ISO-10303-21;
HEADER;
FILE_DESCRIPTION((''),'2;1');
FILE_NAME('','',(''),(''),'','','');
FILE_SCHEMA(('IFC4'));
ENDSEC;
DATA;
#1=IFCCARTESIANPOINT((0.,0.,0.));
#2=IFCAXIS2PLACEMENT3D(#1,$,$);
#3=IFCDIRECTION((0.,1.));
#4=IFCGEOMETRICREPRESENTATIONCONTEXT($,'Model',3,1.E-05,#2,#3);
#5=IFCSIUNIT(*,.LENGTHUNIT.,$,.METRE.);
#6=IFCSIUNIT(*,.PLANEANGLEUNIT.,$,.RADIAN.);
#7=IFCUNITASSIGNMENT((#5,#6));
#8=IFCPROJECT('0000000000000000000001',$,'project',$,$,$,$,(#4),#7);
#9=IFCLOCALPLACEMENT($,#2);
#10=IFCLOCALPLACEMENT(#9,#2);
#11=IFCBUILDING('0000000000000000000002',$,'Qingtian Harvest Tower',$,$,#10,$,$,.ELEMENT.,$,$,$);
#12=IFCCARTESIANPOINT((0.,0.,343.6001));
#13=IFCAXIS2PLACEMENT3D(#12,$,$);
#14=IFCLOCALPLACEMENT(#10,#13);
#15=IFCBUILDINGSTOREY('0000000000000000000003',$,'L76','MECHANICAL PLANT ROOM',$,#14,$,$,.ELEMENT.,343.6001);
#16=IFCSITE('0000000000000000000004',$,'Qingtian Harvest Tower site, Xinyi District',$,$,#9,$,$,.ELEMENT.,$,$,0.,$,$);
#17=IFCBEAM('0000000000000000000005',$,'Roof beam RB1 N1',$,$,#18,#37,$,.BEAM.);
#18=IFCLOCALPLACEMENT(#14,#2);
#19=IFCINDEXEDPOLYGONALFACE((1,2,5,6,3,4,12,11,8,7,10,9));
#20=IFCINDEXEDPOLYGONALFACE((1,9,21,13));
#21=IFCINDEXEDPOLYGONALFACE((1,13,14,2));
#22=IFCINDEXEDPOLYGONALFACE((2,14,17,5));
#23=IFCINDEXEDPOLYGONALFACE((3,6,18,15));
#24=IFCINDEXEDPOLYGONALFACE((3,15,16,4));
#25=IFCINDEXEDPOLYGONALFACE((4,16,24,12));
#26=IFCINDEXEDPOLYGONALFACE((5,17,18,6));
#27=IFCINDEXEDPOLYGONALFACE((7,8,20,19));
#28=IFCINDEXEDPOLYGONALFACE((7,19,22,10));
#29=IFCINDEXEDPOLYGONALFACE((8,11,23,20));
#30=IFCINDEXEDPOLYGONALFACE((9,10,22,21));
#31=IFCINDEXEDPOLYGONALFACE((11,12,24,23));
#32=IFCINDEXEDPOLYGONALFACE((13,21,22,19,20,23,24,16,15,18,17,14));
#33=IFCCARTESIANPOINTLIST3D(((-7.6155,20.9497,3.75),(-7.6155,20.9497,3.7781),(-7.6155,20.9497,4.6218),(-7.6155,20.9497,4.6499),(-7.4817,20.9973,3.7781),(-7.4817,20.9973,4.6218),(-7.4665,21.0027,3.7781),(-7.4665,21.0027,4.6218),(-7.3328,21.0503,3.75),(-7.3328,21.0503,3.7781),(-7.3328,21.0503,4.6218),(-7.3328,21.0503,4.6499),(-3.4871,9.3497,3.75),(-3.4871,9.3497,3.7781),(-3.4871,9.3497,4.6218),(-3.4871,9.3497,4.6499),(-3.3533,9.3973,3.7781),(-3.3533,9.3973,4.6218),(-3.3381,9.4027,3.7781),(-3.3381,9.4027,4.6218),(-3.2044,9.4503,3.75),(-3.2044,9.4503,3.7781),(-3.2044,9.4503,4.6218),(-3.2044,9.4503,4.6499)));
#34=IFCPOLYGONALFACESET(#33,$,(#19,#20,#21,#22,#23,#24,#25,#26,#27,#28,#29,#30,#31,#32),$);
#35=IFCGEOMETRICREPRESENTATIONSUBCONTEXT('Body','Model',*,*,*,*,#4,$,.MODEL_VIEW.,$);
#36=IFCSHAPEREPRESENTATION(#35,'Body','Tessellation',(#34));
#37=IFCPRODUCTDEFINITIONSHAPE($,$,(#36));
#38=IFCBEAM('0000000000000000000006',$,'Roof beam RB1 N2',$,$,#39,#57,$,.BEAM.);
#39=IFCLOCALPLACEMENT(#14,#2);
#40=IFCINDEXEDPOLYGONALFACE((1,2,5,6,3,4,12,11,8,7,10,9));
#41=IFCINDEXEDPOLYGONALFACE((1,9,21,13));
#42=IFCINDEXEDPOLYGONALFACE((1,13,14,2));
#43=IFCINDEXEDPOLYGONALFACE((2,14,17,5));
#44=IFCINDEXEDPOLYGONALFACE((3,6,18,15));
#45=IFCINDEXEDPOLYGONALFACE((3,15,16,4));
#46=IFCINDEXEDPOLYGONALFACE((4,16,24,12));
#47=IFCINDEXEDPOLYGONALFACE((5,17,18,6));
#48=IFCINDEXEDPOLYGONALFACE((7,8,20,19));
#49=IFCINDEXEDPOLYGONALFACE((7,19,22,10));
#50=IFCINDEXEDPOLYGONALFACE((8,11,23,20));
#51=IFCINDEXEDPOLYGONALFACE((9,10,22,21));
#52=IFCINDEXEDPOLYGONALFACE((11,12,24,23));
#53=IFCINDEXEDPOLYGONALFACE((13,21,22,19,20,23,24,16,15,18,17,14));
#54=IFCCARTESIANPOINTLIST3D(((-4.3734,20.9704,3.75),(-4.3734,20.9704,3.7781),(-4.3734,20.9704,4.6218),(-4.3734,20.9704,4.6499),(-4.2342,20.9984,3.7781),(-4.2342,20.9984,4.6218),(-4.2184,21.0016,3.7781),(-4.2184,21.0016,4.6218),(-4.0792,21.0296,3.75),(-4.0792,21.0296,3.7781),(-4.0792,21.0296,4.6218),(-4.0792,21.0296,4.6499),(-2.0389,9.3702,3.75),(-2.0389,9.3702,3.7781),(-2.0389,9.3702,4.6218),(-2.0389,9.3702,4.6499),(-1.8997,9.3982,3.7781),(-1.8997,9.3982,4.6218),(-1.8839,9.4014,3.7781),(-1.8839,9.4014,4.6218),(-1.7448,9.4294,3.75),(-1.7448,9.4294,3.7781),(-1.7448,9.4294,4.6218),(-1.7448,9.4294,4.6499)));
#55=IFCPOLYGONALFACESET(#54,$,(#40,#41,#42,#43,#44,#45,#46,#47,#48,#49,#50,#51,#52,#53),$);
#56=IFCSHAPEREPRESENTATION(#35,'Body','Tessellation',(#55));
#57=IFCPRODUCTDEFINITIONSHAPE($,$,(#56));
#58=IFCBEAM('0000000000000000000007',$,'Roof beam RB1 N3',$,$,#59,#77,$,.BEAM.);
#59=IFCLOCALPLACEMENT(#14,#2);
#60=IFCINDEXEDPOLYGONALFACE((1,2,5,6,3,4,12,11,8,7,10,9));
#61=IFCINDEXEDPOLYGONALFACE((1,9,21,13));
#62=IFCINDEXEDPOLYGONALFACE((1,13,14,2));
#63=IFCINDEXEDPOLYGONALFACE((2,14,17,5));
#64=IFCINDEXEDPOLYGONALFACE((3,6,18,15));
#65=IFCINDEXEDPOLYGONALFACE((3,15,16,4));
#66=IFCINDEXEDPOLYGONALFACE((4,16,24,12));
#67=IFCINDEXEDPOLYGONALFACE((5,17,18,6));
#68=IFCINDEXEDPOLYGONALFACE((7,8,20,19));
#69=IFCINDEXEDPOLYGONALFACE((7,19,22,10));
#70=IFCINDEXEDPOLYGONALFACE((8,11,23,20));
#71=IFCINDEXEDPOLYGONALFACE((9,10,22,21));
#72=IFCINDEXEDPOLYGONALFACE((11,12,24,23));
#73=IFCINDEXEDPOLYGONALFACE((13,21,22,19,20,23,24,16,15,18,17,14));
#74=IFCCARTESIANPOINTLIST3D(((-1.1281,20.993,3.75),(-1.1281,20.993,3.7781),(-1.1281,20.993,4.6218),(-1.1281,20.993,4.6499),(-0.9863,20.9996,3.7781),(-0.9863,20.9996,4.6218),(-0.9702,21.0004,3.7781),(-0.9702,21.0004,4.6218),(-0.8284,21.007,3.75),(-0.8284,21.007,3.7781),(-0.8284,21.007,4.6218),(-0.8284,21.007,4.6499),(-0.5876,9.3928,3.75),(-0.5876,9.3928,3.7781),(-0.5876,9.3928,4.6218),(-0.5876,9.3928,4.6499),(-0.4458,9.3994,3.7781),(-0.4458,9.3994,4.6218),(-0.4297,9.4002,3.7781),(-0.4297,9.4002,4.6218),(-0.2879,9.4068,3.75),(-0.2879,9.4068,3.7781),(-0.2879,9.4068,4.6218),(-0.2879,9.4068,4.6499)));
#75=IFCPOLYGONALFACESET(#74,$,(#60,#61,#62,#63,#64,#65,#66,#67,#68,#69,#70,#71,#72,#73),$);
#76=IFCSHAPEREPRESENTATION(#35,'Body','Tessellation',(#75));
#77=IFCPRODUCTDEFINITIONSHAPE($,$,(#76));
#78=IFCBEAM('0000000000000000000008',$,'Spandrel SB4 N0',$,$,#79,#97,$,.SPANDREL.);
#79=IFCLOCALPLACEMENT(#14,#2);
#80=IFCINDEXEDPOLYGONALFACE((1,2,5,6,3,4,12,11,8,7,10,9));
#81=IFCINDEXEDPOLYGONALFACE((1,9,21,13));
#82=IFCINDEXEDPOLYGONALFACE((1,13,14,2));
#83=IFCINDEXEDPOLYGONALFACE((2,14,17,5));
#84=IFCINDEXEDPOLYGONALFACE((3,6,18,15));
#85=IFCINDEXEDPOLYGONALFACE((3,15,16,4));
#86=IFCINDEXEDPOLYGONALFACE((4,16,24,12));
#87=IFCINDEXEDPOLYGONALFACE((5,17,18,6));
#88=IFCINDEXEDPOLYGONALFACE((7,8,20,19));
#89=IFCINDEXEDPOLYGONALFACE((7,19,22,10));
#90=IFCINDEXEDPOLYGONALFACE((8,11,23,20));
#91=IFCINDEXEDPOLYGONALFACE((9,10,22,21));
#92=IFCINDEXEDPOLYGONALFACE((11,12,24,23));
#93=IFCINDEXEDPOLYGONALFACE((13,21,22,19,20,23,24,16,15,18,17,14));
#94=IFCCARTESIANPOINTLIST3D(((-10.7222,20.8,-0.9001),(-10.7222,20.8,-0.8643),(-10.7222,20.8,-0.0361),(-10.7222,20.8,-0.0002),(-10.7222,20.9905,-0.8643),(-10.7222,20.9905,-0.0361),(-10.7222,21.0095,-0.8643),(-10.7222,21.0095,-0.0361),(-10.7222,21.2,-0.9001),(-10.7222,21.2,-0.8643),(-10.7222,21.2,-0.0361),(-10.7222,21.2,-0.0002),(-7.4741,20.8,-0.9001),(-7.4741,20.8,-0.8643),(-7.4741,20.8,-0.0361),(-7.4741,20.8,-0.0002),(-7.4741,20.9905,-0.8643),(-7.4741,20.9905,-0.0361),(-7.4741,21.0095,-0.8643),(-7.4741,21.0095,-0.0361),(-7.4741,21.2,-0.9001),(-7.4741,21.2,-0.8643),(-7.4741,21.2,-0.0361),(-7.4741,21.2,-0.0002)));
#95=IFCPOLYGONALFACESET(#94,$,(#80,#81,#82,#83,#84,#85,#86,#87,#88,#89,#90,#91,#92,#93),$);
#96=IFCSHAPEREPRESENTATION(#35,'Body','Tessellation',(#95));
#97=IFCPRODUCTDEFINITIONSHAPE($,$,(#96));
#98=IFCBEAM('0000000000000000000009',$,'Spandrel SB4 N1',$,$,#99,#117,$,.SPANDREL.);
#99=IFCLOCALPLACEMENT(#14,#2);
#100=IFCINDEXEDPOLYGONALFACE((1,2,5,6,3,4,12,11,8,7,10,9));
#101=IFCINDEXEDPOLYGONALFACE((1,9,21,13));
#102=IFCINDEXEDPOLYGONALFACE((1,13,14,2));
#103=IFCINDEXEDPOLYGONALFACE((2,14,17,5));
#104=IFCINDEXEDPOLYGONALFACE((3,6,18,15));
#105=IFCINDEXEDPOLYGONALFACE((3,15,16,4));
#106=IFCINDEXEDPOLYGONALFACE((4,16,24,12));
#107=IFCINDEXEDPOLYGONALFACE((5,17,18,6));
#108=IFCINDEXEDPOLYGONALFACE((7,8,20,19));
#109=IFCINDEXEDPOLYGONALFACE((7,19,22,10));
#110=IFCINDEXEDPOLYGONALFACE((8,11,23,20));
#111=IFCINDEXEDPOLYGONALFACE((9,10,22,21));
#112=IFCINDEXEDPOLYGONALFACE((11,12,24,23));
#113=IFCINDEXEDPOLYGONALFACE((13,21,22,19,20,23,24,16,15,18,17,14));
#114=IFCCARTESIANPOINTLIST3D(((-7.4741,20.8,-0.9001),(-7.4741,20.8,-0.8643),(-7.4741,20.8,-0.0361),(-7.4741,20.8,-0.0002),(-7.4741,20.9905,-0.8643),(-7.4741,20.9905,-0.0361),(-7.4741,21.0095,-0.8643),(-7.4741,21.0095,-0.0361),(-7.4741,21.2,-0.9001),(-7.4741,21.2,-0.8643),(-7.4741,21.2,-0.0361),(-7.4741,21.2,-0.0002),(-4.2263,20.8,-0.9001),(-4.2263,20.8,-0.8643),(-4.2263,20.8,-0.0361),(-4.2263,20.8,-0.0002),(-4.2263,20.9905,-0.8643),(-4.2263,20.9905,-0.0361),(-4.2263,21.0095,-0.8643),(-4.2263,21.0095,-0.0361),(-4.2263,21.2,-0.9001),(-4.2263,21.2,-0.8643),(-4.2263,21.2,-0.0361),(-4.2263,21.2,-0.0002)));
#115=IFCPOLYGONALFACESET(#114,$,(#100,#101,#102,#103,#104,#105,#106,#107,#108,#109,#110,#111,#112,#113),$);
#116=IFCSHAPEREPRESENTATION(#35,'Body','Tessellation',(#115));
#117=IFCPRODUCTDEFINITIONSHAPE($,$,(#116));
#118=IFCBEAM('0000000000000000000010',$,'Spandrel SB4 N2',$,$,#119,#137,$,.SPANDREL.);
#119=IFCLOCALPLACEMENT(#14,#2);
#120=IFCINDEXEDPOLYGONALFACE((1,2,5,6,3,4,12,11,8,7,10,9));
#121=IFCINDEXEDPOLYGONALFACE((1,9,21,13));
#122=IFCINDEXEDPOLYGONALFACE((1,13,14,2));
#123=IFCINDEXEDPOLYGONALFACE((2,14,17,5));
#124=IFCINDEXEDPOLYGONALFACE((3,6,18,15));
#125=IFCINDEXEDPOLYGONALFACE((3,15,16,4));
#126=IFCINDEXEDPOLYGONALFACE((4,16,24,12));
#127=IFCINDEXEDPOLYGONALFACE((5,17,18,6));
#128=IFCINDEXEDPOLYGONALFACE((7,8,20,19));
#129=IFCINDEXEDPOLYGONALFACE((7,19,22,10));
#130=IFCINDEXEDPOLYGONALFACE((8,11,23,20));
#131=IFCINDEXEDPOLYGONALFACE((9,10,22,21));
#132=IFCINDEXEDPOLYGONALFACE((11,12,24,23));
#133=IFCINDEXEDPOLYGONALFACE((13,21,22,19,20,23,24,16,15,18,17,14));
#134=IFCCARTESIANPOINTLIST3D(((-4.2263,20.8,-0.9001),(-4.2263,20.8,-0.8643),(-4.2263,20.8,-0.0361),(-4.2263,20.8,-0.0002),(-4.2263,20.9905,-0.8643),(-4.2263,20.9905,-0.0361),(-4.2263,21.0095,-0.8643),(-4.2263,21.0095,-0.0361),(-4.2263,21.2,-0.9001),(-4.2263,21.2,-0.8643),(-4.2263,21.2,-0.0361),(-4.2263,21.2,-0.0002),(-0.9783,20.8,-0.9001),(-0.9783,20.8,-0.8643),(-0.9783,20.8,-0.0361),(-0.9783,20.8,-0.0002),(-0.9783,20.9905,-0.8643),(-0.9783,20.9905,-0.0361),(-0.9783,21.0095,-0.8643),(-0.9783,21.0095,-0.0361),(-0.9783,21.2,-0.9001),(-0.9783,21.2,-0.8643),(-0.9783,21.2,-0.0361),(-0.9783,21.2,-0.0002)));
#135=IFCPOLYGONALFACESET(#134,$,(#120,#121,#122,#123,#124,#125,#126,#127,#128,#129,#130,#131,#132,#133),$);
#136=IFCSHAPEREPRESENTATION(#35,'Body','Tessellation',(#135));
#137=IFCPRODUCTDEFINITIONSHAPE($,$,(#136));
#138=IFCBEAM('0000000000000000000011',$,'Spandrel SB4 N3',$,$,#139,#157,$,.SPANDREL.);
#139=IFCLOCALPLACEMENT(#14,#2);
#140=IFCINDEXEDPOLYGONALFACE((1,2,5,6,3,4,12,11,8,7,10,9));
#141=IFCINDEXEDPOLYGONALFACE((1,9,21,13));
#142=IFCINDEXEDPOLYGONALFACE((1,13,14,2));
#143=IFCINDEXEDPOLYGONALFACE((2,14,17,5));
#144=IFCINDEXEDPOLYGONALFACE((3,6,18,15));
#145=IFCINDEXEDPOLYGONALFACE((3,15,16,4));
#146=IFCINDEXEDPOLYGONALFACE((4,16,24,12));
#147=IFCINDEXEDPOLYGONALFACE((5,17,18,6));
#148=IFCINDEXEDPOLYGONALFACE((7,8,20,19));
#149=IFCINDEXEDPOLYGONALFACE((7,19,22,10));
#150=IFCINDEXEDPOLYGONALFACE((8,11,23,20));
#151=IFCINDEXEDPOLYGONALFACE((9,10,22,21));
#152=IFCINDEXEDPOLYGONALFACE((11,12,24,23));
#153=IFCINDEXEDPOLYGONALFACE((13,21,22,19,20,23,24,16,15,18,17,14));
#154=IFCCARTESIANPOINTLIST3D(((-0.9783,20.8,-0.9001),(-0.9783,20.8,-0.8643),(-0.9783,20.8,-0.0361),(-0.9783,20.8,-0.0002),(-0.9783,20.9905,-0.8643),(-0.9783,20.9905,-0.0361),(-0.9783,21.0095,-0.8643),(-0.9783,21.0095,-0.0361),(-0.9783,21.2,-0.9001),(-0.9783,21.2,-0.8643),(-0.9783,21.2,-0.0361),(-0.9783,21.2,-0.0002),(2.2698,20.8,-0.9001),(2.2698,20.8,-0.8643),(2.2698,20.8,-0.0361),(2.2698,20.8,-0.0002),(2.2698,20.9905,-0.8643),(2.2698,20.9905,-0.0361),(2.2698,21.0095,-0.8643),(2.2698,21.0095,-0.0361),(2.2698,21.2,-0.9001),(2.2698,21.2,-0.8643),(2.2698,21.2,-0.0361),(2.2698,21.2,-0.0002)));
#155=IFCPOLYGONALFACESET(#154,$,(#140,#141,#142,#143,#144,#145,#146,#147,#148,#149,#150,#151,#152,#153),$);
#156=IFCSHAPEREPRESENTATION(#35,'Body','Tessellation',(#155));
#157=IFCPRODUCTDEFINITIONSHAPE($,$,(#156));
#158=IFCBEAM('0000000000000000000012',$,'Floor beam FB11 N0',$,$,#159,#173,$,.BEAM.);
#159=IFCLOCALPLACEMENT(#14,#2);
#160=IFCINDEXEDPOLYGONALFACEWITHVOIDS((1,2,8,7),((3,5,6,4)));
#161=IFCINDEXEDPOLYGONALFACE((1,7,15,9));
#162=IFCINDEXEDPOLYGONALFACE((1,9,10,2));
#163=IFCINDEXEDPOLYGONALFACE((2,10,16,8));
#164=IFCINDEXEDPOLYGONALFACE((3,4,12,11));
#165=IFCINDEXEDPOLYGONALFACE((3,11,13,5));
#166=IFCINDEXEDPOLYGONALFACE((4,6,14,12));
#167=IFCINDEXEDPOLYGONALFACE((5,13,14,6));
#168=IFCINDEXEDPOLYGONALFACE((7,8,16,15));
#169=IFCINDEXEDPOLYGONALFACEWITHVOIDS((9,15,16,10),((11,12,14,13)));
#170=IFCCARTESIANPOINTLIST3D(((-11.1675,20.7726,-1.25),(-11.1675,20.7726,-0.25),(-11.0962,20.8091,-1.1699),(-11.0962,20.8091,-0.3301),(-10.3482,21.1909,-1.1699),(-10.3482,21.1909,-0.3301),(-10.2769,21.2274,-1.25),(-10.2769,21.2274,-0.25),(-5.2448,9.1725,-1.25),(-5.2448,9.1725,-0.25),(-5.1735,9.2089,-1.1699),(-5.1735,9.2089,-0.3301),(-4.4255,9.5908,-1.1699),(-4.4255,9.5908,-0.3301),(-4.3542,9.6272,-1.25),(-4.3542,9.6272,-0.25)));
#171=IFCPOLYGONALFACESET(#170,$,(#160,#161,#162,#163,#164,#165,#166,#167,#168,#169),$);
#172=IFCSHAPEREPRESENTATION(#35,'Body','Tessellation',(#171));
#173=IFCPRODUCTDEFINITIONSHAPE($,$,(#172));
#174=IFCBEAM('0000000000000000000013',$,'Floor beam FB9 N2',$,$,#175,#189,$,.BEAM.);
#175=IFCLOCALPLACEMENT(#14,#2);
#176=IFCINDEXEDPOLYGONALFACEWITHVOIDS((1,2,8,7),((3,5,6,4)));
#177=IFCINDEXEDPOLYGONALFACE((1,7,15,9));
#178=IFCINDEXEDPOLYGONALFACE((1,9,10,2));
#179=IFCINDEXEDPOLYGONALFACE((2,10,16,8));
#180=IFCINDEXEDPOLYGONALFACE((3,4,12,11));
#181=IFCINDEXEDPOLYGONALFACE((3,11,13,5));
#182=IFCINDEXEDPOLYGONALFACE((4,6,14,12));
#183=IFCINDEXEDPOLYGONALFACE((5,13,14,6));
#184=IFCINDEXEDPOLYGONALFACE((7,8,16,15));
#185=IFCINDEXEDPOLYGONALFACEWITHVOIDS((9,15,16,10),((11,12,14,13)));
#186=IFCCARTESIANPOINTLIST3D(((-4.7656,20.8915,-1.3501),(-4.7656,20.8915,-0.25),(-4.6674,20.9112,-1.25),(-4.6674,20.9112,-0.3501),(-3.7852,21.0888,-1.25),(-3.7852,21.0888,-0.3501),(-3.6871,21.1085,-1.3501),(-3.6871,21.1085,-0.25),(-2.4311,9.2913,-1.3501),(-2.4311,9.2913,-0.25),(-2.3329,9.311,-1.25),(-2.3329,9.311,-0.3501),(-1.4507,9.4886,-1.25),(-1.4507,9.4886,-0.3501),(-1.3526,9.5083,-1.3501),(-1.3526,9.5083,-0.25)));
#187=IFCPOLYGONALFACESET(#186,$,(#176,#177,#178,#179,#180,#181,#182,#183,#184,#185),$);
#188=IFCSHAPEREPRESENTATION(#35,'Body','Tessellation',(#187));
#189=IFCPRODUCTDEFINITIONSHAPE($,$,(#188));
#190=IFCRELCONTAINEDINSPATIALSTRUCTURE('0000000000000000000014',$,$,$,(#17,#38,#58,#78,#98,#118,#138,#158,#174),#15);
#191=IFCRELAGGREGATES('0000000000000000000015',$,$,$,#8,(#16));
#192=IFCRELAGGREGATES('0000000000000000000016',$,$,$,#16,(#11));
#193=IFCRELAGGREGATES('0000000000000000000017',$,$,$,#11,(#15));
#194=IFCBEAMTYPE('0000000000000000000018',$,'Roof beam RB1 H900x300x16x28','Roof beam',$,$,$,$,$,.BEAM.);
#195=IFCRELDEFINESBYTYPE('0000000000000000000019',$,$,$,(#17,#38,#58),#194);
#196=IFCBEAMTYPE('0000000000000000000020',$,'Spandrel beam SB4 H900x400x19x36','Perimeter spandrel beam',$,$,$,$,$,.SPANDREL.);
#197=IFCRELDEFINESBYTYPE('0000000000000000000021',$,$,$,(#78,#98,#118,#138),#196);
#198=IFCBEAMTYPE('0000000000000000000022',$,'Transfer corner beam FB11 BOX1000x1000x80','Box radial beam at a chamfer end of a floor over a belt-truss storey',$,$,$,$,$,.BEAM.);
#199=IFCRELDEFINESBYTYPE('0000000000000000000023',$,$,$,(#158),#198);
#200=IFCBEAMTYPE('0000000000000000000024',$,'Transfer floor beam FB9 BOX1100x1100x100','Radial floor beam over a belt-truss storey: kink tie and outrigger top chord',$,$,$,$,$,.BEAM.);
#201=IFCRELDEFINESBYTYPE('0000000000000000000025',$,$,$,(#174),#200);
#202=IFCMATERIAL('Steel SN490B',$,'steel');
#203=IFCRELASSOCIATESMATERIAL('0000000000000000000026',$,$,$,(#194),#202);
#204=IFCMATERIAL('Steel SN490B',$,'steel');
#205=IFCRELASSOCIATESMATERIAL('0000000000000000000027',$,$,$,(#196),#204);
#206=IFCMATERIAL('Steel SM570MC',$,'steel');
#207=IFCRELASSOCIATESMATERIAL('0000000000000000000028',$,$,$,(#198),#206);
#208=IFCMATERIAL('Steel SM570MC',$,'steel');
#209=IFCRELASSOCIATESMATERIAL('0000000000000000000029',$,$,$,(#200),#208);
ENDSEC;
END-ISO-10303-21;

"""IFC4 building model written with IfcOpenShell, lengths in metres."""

from ifc_helpers import new_model, si_unit, direction, frame, origin, origin_2d, place, context, subcontext, project, spatial, hollow_rectangle, i_section, extrude, material, material_profile, profile_set, type_object, element, save


model = new_model("IFC4")

# Units and contexts
model_context = context("Model", 3, precision=1e-05, world=origin(), true_north=direction((0.0, 1.0)))
body_context = subcontext(model_context, "Body", "Model", "MODEL_VIEW")
ifc_project = project(units=[si_unit("LENGTHUNIT", "METRE"), si_unit("PLANEANGLEUNIT", "RADIAN")], contexts=[model_context])

# Site, building, storey
site_placement = place(None, origin())
site = spatial("IfcSite", under=ifc_project, at=site_placement, Name="Qingtian Harvest Tower site, Xinyi District", CompositionType="ELEMENT", RefElevation=0.0)
building_placement = place(site_placement, origin())
building = spatial("IfcBuilding", under=site, at=building_placement, Name="Qingtian Harvest Tower", CompositionType="ELEMENT")
storey_placement = place(building_placement, frame((0.0, 0.0, 343.6001)))
storey = spatial("IfcBuildingStorey", under=building, at=storey_placement, Name="L76", Description="MECHANICAL PLANT ROOM", CompositionType="ELEMENT", Elevation=343.6001)

# Beams
ifc_material_1 = material(Name="Steel SN490B", Category="steel")
ifc_material_profile_1 = material_profile(ifc_material_1, i_section(OverallWidth=0.3, OverallDepth=0.8999, WebThickness=0.0161, FlangeThickness=0.0281, at=origin_2d()), Name="H900x300x16x28")
ifc_profile_set_1 = profile_set([ifc_material_profile_1], Name="Steel SN490B")
beam_type_1 = type_object("IfcBeamType", Name="Roof beam RB1 H900x300x16x28", Description="Roof beam", PredefinedType="BEAM", material=ifc_profile_set_1)
beam_1_placement = place(storey_placement, frame((-7.4741, 21.0, 4.2), z_axis=(0.335294, -0.942114, 0.0), x_axis=(0.942114, 0.335294, 0.0)))
element("IfcBeam", 1, at=beam_1_placement, inside=storey, type_object=beam_type_1, Name="Roof beam RB1 N1", PredefinedType="BEAM", context=body_context, shape_type="SweptSolid", body=[
    extrude(i_section(OverallWidth=0.3, OverallDepth=0.8999, WebThickness=0.0161, FlangeThickness=0.0281, at=origin_2d()), origin(), (0.0, 0.0, 1.0), 12.3127),
])
beam_2_placement = place(storey_placement, frame((-4.2263, 21.0, 4.2), z_axis=(0.19729, -0.980345, 0.0), x_axis=(0.980345, 0.19729, 0.0)))
element("IfcBeam", 2, at=beam_2_placement, inside=storey, type_object=beam_type_1, Name="Roof beam RB1 N2", PredefinedType="BEAM", context=body_context, shape_type="SweptSolid", body=[
    extrude(i_section(OverallWidth=0.3, OverallDepth=0.8999, WebThickness=0.0161, FlangeThickness=0.0281, at=origin_2d()), origin(), (0.0, 0.0, 1.0), 11.8328),
])
beam_3_placement = place(storey_placement, frame((-0.9783, 21.0, 4.2), z_axis=(0.046546, -0.998916, 0.0), x_axis=(0.998916, 0.046546, 0.0)))
element("IfcBeam", 3, at=beam_3_placement, inside=storey, type_object=beam_type_1, Name="Roof beam RB1 N3", PredefinedType="BEAM", context=body_context, shape_type="SweptSolid", body=[
    extrude(i_section(OverallWidth=0.3, OverallDepth=0.8999, WebThickness=0.0161, FlangeThickness=0.0281, at=origin_2d()), origin(), (0.0, 0.0, 1.0), 11.6128),
])
ifc_material_2 = material(Name="Steel SN490B", Category="steel")
ifc_material_profile_2 = material_profile(ifc_material_2, i_section(OverallWidth=0.3999, OverallDepth=0.8999, WebThickness=0.019, FlangeThickness=0.0359, at=origin_2d()), Name="H900x400x19x36")
ifc_profile_set_2 = profile_set([ifc_material_profile_2], Name="Steel SN490B")
beam_type_2 = type_object("IfcBeamType", Name="Spandrel beam SB4 H900x400x19x36", Description="Perimeter spandrel beam", PredefinedType="SPANDREL", material=ifc_profile_set_2)
beam_4_placement = place(storey_placement, frame((-10.7222, 21.0, -0.4502), z_axis=(1.0, 0.0, 0.0), x_axis=(0.0, 1.0, 0.0)))
element("IfcBeam", 4, at=beam_4_placement, inside=storey, type_object=beam_type_2, Name="Spandrel SB4 N0", PredefinedType="SPANDREL", context=body_context, shape_type="SweptSolid", body=[
    extrude(i_section(OverallWidth=0.3999, OverallDepth=0.8999, WebThickness=0.019, FlangeThickness=0.0359, at=origin_2d()), origin(), (0.0, 0.0, 1.0), 3.248),
])
beam_5_placement = place(storey_placement, frame((-7.4741, 21.0, -0.4502), z_axis=(1.0, 0.0, 0.0), x_axis=(0.0, 1.0, 0.0)))
element("IfcBeam", 5, at=beam_5_placement, inside=storey, type_object=beam_type_2, Name="Spandrel SB4 N1", PredefinedType="SPANDREL", context=body_context, shape_type="SweptSolid", body=[
    extrude(i_section(OverallWidth=0.3999, OverallDepth=0.8999, WebThickness=0.019, FlangeThickness=0.0359, at=origin_2d()), origin(), (0.0, 0.0, 1.0), 3.2478),
])
for number, where, z_axis, x_axis, name in (
    (6, (-4.2263, 21.0, -0.4502), (1.0, 0.0, 0.0), (0.0, 1.0, 0.0), "Spandrel SB4 N2"),
    (7, (-0.9783, 21.0, -0.4502), (1.0, 0.0, 0.0), (0.0, 1.0, 0.0), "Spandrel SB4 N3"),
):
    element("IfcBeam", number, at=place(storey_placement, frame(where, z_axis=z_axis, x_axis=x_axis)), inside=storey, type_object=beam_type_2, Name=name, PredefinedType="SPANDREL", context=body_context, shape_type="SweptSolid", body=[
        extrude(i_section(OverallWidth=0.3999, OverallDepth=0.8999, WebThickness=0.019, FlangeThickness=0.0359, at=origin_2d()), origin(), (0.0, 0.0, 1.0), 3.248),
    ])
ifc_material_3 = material(Name="Steel SM570MC", Category="steel")
ifc_material_profile_3 = material_profile(ifc_material_3, hollow_rectangle(XDim=1.0, YDim=1.0, WallThickness=0.0801, at=origin_2d()), Name="BOX1000x1000x80")
ifc_profile_set_3 = profile_set([ifc_material_profile_3], Name="Steel SM570MC")
beam_type_3 = type_object("IfcBeamType", Name="Transfer corner beam FB11 BOX1000x1000x80", Description="Box radial beam at a chamfer end of a floor over a belt-truss storey", PredefinedType="BEAM", material=ifc_profile_set_3)
beam_6_placement = place(storey_placement, frame((-10.7222, 21.0, -0.75), z_axis=(0.454726, -0.890632, 0.0), x_axis=(0.890632, 0.454726, 0.0)))
element("IfcBeam", 8, at=beam_6_placement, inside=storey, type_object=beam_type_3, Name="Floor beam FB11 N0", PredefinedType="BEAM", context=body_context, shape_type="SweptSolid", body=[
    extrude(hollow_rectangle(XDim=1.0, YDim=1.0, WallThickness=0.0801, at=origin_2d()), origin(), (0.0, 0.0, 1.0), 13.0247),
])
ifc_material_4 = material(Name="Steel SM570MC", Category="steel")
ifc_material_profile_4 = material_profile(ifc_material_4, hollow_rectangle(XDim=1.1001, YDim=1.1001, WallThickness=0.1001, at=origin_2d()), Name="BOX1100x1100x100")
ifc_profile_set_4 = profile_set([ifc_material_profile_4], Name="Steel SM570MC")
beam_type_4 = type_object("IfcBeamType", Name="Transfer floor beam FB9 BOX1100x1100x100", Description="Radial floor beam over a belt-truss storey: kink tie and outrigger top chord", PredefinedType="BEAM", material=ifc_profile_set_4)
beam_7_placement = place(storey_placement, frame((-4.2263, 21.0, -0.8), z_axis=(0.19729, -0.980345, 0.0), x_axis=(0.980345, 0.19729, 0.0)))
element("IfcBeam", 9, at=beam_7_placement, inside=storey, type_object=beam_type_4, Name="Floor beam FB9 N2", PredefinedType="BEAM", context=body_context, shape_type="SweptSolid", body=[
    extrude(hollow_rectangle(XDim=1.1001, YDim=1.1001, WallThickness=0.1001, at=origin_2d()), origin(), (0.0, 0.0, 1.0), 11.8328),
])

save(model, "model.ifc")
